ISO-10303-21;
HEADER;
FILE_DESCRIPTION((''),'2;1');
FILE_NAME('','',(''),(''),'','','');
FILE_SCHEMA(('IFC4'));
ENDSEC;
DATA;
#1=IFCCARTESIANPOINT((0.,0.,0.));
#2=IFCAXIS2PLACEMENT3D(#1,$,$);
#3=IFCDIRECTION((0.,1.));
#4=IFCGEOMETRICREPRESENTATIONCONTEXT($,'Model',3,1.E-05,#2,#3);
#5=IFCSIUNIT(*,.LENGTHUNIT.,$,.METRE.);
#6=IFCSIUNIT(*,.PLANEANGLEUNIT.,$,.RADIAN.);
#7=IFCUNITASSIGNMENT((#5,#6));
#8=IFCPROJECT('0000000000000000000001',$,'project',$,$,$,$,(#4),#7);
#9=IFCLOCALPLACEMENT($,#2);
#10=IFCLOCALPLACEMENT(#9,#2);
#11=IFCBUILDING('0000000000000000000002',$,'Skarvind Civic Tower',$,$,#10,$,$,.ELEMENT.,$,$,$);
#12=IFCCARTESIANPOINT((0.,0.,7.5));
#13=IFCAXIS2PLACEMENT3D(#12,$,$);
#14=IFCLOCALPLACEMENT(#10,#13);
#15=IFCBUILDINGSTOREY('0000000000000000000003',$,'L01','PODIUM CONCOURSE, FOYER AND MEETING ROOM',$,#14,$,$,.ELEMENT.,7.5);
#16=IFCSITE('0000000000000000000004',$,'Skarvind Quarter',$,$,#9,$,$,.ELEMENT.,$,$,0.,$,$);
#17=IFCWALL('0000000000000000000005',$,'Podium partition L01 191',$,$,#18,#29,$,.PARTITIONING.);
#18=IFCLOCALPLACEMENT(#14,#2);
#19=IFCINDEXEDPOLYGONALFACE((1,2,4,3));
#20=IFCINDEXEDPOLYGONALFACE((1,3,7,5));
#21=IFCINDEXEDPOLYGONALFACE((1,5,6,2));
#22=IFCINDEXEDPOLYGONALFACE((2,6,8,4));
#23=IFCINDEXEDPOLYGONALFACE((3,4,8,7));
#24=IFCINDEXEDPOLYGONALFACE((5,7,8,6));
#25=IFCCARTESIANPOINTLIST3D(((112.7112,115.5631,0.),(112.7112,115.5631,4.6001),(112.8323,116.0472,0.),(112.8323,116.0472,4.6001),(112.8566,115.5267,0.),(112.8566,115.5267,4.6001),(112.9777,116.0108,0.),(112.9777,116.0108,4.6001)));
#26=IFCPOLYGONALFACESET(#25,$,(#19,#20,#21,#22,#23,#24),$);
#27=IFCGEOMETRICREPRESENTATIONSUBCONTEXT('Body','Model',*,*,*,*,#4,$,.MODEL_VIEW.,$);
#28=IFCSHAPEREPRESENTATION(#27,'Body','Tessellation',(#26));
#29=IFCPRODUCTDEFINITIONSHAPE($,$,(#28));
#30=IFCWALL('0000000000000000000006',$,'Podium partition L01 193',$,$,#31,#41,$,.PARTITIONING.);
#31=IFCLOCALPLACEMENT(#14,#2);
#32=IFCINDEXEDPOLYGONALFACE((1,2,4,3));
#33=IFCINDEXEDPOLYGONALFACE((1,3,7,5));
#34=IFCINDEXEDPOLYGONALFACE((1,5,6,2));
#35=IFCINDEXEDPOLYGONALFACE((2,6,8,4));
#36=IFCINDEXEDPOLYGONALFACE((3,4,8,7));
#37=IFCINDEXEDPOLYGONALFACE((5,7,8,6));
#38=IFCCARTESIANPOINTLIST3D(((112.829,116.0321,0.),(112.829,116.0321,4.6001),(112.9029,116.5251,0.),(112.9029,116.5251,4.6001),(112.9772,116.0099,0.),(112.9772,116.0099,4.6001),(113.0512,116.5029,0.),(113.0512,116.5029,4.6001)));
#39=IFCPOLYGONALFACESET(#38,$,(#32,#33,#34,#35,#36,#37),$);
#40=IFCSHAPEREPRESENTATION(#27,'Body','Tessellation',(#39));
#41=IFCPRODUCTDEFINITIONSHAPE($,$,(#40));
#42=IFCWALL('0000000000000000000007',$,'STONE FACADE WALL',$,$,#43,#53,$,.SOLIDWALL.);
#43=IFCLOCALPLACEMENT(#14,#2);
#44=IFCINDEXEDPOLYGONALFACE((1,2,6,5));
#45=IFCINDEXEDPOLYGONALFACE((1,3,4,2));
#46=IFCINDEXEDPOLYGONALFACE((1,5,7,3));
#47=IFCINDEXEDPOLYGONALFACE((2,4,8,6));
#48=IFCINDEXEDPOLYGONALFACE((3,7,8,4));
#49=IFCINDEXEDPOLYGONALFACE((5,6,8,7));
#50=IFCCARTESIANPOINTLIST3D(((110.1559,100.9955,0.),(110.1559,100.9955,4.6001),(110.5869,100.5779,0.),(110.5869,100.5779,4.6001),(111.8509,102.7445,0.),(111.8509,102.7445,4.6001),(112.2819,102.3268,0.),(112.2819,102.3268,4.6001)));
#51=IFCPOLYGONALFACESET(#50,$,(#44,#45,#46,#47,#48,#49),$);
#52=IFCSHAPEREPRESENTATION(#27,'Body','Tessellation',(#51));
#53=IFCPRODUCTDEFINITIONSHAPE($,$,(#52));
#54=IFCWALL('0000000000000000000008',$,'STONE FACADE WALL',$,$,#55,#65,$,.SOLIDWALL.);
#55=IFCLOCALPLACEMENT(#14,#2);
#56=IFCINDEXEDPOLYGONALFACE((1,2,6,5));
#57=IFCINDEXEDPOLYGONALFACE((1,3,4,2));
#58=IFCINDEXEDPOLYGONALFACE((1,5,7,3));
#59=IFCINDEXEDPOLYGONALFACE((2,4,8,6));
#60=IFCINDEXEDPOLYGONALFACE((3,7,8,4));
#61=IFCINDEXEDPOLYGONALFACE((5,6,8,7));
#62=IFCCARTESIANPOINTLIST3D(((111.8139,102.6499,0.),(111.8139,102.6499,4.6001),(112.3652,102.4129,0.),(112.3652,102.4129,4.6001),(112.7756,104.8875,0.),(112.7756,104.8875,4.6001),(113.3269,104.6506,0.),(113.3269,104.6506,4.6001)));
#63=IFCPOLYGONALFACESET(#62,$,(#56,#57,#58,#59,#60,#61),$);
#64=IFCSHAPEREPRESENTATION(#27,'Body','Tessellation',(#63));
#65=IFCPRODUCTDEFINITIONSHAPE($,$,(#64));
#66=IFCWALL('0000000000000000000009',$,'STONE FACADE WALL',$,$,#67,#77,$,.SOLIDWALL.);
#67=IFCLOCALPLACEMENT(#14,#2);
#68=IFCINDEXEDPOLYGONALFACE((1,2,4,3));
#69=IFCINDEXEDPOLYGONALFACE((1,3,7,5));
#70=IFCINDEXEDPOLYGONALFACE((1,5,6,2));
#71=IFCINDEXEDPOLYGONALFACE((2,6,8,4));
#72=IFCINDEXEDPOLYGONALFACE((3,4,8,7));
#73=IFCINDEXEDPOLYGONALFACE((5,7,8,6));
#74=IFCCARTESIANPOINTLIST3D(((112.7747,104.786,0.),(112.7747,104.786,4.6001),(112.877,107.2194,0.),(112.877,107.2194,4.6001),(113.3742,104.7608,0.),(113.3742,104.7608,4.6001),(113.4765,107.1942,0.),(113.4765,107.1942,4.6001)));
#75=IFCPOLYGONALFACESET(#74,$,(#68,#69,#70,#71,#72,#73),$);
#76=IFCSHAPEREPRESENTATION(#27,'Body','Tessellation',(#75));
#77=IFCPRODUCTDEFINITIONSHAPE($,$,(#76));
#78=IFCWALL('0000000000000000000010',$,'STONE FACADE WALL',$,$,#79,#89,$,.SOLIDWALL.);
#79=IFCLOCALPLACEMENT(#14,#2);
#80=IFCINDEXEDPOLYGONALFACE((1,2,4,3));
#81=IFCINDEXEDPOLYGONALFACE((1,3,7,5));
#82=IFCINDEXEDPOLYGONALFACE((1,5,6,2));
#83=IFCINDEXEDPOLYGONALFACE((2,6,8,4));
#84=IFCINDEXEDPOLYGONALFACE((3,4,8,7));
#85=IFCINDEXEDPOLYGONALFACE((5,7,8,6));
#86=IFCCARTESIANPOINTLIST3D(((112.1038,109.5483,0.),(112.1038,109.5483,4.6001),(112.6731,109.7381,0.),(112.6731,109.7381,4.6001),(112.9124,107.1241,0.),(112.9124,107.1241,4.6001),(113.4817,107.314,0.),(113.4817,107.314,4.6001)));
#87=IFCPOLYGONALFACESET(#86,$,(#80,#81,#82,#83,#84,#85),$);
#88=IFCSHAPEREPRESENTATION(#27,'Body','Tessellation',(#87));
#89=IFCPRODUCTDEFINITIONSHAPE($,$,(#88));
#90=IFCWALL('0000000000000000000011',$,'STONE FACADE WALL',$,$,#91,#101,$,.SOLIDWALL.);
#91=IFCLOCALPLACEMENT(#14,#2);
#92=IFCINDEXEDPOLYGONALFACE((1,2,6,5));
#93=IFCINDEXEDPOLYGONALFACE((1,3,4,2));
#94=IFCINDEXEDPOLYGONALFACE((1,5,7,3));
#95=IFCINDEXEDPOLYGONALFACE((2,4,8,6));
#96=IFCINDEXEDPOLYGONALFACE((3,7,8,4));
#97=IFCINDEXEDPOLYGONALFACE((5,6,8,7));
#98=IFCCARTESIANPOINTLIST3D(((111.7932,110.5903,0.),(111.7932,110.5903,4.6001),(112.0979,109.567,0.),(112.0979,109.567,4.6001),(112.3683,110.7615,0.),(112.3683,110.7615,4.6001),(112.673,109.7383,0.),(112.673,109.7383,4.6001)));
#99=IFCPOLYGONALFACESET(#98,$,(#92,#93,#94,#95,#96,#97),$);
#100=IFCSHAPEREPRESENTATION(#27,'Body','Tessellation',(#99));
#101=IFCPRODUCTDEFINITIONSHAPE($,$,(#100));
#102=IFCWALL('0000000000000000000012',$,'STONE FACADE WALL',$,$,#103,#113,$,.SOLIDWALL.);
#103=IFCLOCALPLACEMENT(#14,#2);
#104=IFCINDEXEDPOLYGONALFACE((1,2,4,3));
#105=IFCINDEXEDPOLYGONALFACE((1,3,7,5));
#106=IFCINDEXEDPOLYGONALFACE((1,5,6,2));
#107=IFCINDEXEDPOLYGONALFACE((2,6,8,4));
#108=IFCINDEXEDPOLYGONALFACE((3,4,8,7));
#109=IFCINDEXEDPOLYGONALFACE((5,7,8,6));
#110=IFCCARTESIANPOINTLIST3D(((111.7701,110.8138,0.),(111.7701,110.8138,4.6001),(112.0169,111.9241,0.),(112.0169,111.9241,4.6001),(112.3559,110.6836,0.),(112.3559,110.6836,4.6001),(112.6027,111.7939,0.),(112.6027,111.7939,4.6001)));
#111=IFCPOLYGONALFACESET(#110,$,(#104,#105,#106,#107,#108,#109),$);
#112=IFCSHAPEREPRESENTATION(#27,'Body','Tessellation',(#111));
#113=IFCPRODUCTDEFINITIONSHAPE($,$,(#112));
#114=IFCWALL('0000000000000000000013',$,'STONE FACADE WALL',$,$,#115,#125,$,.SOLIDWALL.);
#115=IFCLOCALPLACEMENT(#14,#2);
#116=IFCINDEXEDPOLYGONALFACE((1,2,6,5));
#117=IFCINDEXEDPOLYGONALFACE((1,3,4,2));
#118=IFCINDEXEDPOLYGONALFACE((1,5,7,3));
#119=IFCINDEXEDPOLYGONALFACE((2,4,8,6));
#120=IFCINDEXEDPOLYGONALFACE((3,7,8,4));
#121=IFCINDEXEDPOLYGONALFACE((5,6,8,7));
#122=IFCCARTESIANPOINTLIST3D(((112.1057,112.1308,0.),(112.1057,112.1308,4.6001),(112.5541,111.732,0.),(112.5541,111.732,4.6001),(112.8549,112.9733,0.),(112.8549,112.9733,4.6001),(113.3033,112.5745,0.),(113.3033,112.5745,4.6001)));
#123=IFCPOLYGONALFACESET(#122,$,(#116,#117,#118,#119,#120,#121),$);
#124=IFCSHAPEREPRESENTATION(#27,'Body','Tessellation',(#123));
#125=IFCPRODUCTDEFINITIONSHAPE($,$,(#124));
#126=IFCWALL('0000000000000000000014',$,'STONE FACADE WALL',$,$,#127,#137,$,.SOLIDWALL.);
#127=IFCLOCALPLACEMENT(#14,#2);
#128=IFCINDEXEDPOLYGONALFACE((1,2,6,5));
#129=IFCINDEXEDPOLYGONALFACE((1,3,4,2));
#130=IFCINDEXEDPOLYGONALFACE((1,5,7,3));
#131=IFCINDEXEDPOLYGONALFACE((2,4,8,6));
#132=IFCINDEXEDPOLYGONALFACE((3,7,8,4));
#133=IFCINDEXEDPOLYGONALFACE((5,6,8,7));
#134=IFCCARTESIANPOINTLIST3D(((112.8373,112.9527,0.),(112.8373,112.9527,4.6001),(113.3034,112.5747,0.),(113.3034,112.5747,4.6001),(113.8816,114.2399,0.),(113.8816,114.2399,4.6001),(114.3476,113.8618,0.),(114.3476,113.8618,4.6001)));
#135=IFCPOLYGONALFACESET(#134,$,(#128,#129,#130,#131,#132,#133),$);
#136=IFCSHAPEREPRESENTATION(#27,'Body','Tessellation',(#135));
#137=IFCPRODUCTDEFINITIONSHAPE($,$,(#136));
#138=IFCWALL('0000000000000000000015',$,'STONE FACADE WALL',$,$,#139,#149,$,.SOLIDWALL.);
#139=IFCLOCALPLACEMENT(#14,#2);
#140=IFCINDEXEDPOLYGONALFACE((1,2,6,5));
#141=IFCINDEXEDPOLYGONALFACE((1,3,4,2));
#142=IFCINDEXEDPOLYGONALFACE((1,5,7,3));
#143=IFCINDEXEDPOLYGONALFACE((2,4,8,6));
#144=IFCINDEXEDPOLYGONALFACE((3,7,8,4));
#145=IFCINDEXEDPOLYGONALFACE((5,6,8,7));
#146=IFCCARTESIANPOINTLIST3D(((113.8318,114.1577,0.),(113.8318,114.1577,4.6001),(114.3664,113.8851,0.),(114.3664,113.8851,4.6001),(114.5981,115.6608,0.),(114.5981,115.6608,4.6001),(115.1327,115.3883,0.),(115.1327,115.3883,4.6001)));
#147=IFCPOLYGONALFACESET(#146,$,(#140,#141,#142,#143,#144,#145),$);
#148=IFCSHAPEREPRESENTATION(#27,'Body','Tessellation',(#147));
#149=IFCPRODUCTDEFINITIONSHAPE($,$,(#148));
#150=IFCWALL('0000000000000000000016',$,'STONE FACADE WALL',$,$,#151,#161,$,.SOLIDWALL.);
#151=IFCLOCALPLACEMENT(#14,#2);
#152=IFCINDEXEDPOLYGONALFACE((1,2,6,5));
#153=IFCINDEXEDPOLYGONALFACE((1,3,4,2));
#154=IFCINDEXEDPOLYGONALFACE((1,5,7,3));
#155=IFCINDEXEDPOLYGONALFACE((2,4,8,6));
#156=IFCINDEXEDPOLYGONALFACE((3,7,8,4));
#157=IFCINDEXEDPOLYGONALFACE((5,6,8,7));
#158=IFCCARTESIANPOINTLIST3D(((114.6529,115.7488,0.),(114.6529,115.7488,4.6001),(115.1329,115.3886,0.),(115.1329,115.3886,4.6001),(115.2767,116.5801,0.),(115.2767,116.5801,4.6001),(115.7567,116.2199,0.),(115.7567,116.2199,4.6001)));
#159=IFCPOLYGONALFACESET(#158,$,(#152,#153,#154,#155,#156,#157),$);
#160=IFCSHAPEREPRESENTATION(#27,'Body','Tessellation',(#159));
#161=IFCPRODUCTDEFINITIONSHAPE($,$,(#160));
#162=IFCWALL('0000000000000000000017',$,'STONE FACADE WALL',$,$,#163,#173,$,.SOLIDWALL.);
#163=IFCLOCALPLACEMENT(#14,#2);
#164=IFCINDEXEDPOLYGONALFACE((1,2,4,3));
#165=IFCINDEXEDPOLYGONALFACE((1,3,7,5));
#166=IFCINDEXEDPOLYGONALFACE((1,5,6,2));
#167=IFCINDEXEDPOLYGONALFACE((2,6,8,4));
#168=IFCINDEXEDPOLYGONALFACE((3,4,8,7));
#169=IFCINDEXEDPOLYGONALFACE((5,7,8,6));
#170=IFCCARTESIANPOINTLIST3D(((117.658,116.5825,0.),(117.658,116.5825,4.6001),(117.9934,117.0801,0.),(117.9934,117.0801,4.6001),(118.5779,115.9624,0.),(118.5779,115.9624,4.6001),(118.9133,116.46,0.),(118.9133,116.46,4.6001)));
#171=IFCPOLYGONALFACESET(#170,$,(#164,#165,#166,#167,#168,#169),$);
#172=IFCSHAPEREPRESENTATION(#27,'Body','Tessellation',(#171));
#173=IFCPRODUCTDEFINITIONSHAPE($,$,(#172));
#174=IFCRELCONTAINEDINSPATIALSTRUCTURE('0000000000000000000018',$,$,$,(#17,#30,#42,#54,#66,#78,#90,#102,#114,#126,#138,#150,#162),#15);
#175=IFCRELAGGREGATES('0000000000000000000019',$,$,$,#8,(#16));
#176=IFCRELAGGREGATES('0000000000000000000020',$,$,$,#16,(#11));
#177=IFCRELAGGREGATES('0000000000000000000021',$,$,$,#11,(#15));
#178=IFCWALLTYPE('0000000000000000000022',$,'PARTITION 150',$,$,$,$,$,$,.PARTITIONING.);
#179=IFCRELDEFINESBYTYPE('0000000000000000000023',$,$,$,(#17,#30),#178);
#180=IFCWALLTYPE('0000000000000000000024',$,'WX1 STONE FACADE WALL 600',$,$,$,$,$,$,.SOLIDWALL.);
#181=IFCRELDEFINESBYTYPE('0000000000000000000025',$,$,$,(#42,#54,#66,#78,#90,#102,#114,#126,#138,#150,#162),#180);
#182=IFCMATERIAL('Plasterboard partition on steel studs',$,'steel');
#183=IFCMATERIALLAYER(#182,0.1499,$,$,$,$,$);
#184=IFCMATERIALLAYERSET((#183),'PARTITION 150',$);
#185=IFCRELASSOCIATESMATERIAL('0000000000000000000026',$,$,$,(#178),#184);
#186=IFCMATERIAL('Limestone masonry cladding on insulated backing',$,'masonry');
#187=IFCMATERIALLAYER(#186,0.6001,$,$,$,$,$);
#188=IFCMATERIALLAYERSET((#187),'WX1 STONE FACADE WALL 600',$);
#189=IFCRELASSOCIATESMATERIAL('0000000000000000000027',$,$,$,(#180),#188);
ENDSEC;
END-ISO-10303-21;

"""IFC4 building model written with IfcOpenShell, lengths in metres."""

from ifc_helpers import new_model, si_unit, direction, frame, frame_2d, origin, place, context, subcontext, project, spatial, rectangle, extrude, material, layer, layer_set, type_object, element, save


model = new_model("IFC4")

# Units and contexts
model_context = context("Model", 3, precision=1e-05, world=origin(), true_north=direction((0.0, 1.0)))
body_context = subcontext(model_context, "Body", "Model", "MODEL_VIEW")
ifc_project = project(units=[si_unit("LENGTHUNIT", "METRE"), si_unit("PLANEANGLEUNIT", "RADIAN")], contexts=[model_context])

# Site, building, storey
site_placement = place(None, origin())
site = spatial("IfcSite", under=ifc_project, at=site_placement, Name="Skarvind Quarter", CompositionType="ELEMENT", RefElevation=0.0)
building_placement = place(site_placement, origin())
building = spatial("IfcBuilding", under=site, at=building_placement, Name="Skarvind Civic Tower", CompositionType="ELEMENT")
storey_placement = place(building_placement, frame((0.0, 0.0, 7.5)))
storey = spatial("IfcBuildingStorey", under=building, at=storey_placement, Name="L01", Description="PODIUM CONCOURSE, FOYER AND MEETING ROOM", CompositionType="ELEMENT", Elevation=7.5)

# Walls
ifc_material_1 = material(Name="Plasterboard partition on steel studs", Category="steel")
ifc_layer_1 = layer(ifc_material_1, 0.1499)
ifc_layer_set_1 = layer_set([ifc_layer_1], Name="PARTITION 150")
wall_type_1 = type_object("IfcWallType", Name="PARTITION 150", PredefinedType="PARTITIONING", material=ifc_layer_set_1)
wall_1_placement = place(storey_placement, frame((112.7839, 115.5449, 0.0), z_axis=(0.0, 0.0, 1.0), x_axis=(0.242651, 0.970114, 0.0)))
element("IfcWall", 1, at=wall_1_placement, inside=storey, type_object=wall_type_1, Name="Podium partition L01 191", PredefinedType="PARTITIONING", context=body_context, shape_type="SweptSolid", body=[
    extrude(rectangle(XDim=0.499, YDim=0.1499, at=frame_2d((0.2495, 0.0))), origin(), (0.0, 0.0, 1.0), 4.6001),
])
wall_2_placement = place(storey_placement, frame((112.9031, 116.021, 0.0), z_axis=(0.0, 0.0, 1.0), x_axis=(0.148412, 0.988926, 0.0)))
element("IfcWall", 2, at=wall_2_placement, inside=storey, type_object=wall_type_1, Name="Podium partition L01 193", PredefinedType="PARTITIONING", context=body_context, shape_type="SweptSolid", body=[
    extrude(rectangle(XDim=0.4985, YDim=0.1499, at=frame_2d((0.2493, 0.0))), origin(), (0.0, 0.0, 1.0), 4.6001),
])
ifc_material_2 = material(Name="Limestone masonry cladding on insulated backing", Category="masonry")
ifc_layer_2 = layer(ifc_material_2, 0.6001)
ifc_layer_set_2 = layer_set([ifc_layer_2], Name="WX1 STONE FACADE WALL 600")
wall_type_2 = type_object("IfcWallType", Name="WX1 STONE FACADE WALL 600", PredefinedType="SOLIDWALL", material=ifc_layer_set_2)
for number, where, z_axis, x_axis, name in (
    (3, (112.0664, 102.5356, 0.0), (0.0, 0.0, 1.0), (-0.695944, -0.718096, 0.0), "STONE FACADE WALL"),
    (4, (113.0513, 104.769, 0.0), (0.0, 0.0, 1.0), (-0.394863, -0.91874, 0.0), "STONE FACADE WALL"),
    (5, (113.1768, 107.2068, 0.0), (0.0, 0.0, 1.0), (-0.042002, -0.999118, 0.0), "STONE FACADE WALL"),
):
    element("IfcWall", number, at=place(storey_placement, frame(where, z_axis=z_axis, x_axis=x_axis)), inside=storey, type_object=wall_type_2, Name=name, PredefinedType="SOLIDWALL", context=body_context, shape_type="SweptSolid", body=[
        extrude(rectangle(XDim=2.4355, YDim=0.6001, at=frame_2d((1.2178, 0.0))), origin(), (0.0, 0.0, 1.0), 4.6001),
    ])
wall_3_placement = place(storey_placement, frame((112.3884, 109.6433, 0.0), z_axis=(0.0, 0.0, 1.0), x_axis=(0.316428, -0.948616, 0.0)))
element("IfcWall", 6, at=wall_3_placement, inside=storey, type_object=wall_type_2, Name="STONE FACADE WALL", PredefinedType="SOLIDWALL", context=body_context, shape_type="SweptSolid", body=[
    extrude(rectangle(XDim=2.5554, YDim=0.6001, at=frame_2d((1.2778, 0.0))), origin(), (0.0, 0.0, 1.0), 4.6001),
])
wall_4_placement = place(storey_placement, frame((112.0808, 110.6758, 0.0), z_axis=(0.0, 0.0, 1.0), x_axis=(0.285396, -0.95841, 0.0)))
element("IfcWall", 7, at=wall_4_placement, inside=storey, type_object=wall_type_2, Name="STONE FACADE WALL", PredefinedType="SOLIDWALL", context=body_context, shape_type="SweptSolid", body=[
    extrude(rectangle(XDim=1.0676, YDim=0.6001, at=frame_2d((0.5337, 0.0))), origin(), (0.0, 0.0, 1.0), 4.6001),
])
wall_5_placement = place(storey_placement, frame((112.3098, 111.8591, 0.0), z_axis=(0.0, 0.0, 1.0), x_axis=(-0.216999, -0.976172, 0.0)))
element("IfcWall", 8, at=wall_5_placement, inside=storey, type_object=wall_type_2, Name="STONE FACADE WALL", PredefinedType="SOLIDWALL", context=body_context, shape_type="SweptSolid", body=[
    extrude(rectangle(XDim=1.1375, YDim=0.6001, at=frame_2d((0.5688, 0.0))), origin(), (0.0, 0.0, 1.0), 4.6001),
])
wall_6_placement = place(storey_placement, frame((113.0791, 112.7739, 0.0), z_axis=(0.0, 0.0, 1.0), x_axis=(-0.664539, -0.747254, 0.0)))
element("IfcWall", 9, at=wall_6_placement, inside=storey, type_object=wall_type_2, Name="STONE FACADE WALL", PredefinedType="SOLIDWALL", context=body_context, shape_type="SweptSolid", body=[
    extrude(rectangle(XDim=1.1274, YDim=0.6001, at=frame_2d((0.5637, 0.0))), origin(), (0.0, 0.0, 1.0), 4.6001),
])
wall_7_placement = place(storey_placement, frame((114.1145, 114.0508, 0.0), z_axis=(0.0, 0.0, 1.0), x_axis=(-0.630016, -0.776582, 0.0)))
element("IfcWall", 10, at=wall_7_placement, inside=storey, type_object=wall_type_2, Name="STONE FACADE WALL", PredefinedType="SOLIDWALL", context=body_context, shape_type="SweptSolid", body=[
    extrude(rectangle(XDim=1.6575, YDim=0.6001, at=frame_2d((0.8286, 0.0))), origin(), (0.0, 0.0, 1.0), 4.6001),
])
wall_8_placement = place(storey_placement, frame((114.8655, 115.5247, 0.0), z_axis=(0.0, 0.0, 1.0), x_axis=(-0.454203, -0.890898, 0.0)))
element("IfcWall", 11, at=wall_8_placement, inside=storey, type_object=wall_type_2, Name="STONE FACADE WALL", PredefinedType="SOLIDWALL", context=body_context, shape_type="SweptSolid", body=[
    extrude(rectangle(XDim=1.6873, YDim=0.6001, at=frame_2d((0.8438, 0.0))), origin(), (0.0, 0.0, 1.0), 4.6001),
])
wall_9_placement = place(storey_placement, frame((115.5166, 116.3999, 0.0), z_axis=(0.0, 0.0, 1.0), x_axis=(-0.600188, -0.799859, 0.0)))
element("IfcWall", 12, at=wall_9_placement, inside=storey, type_object=wall_type_2, Name="STONE FACADE WALL", PredefinedType="SOLIDWALL", context=body_context, shape_type="SweptSolid", body=[
    extrude(rectangle(XDim=1.0393, YDim=0.6001, at=frame_2d((0.5195, 0.0))), origin(), (0.0, 0.0, 1.0), 4.6001),
])
wall_10_placement = place(storey_placement, frame((118.7456, 116.2112, 0.0), z_axis=(0.0, 0.0, 1.0), x_axis=(-0.829195, 0.558959, 0.0)))
element("IfcWall", 13, at=wall_10_placement, inside=storey, type_object=wall_type_2, Name="STONE FACADE WALL", PredefinedType="SOLIDWALL", context=body_context, shape_type="SweptSolid", body=[
    extrude(rectangle(XDim=1.1094, YDim=0.6001, at=frame_2d((0.5547, 0.0))), origin(), (0.0, 0.0, 1.0), 4.6001),
])

save(model, "model.ifc")
